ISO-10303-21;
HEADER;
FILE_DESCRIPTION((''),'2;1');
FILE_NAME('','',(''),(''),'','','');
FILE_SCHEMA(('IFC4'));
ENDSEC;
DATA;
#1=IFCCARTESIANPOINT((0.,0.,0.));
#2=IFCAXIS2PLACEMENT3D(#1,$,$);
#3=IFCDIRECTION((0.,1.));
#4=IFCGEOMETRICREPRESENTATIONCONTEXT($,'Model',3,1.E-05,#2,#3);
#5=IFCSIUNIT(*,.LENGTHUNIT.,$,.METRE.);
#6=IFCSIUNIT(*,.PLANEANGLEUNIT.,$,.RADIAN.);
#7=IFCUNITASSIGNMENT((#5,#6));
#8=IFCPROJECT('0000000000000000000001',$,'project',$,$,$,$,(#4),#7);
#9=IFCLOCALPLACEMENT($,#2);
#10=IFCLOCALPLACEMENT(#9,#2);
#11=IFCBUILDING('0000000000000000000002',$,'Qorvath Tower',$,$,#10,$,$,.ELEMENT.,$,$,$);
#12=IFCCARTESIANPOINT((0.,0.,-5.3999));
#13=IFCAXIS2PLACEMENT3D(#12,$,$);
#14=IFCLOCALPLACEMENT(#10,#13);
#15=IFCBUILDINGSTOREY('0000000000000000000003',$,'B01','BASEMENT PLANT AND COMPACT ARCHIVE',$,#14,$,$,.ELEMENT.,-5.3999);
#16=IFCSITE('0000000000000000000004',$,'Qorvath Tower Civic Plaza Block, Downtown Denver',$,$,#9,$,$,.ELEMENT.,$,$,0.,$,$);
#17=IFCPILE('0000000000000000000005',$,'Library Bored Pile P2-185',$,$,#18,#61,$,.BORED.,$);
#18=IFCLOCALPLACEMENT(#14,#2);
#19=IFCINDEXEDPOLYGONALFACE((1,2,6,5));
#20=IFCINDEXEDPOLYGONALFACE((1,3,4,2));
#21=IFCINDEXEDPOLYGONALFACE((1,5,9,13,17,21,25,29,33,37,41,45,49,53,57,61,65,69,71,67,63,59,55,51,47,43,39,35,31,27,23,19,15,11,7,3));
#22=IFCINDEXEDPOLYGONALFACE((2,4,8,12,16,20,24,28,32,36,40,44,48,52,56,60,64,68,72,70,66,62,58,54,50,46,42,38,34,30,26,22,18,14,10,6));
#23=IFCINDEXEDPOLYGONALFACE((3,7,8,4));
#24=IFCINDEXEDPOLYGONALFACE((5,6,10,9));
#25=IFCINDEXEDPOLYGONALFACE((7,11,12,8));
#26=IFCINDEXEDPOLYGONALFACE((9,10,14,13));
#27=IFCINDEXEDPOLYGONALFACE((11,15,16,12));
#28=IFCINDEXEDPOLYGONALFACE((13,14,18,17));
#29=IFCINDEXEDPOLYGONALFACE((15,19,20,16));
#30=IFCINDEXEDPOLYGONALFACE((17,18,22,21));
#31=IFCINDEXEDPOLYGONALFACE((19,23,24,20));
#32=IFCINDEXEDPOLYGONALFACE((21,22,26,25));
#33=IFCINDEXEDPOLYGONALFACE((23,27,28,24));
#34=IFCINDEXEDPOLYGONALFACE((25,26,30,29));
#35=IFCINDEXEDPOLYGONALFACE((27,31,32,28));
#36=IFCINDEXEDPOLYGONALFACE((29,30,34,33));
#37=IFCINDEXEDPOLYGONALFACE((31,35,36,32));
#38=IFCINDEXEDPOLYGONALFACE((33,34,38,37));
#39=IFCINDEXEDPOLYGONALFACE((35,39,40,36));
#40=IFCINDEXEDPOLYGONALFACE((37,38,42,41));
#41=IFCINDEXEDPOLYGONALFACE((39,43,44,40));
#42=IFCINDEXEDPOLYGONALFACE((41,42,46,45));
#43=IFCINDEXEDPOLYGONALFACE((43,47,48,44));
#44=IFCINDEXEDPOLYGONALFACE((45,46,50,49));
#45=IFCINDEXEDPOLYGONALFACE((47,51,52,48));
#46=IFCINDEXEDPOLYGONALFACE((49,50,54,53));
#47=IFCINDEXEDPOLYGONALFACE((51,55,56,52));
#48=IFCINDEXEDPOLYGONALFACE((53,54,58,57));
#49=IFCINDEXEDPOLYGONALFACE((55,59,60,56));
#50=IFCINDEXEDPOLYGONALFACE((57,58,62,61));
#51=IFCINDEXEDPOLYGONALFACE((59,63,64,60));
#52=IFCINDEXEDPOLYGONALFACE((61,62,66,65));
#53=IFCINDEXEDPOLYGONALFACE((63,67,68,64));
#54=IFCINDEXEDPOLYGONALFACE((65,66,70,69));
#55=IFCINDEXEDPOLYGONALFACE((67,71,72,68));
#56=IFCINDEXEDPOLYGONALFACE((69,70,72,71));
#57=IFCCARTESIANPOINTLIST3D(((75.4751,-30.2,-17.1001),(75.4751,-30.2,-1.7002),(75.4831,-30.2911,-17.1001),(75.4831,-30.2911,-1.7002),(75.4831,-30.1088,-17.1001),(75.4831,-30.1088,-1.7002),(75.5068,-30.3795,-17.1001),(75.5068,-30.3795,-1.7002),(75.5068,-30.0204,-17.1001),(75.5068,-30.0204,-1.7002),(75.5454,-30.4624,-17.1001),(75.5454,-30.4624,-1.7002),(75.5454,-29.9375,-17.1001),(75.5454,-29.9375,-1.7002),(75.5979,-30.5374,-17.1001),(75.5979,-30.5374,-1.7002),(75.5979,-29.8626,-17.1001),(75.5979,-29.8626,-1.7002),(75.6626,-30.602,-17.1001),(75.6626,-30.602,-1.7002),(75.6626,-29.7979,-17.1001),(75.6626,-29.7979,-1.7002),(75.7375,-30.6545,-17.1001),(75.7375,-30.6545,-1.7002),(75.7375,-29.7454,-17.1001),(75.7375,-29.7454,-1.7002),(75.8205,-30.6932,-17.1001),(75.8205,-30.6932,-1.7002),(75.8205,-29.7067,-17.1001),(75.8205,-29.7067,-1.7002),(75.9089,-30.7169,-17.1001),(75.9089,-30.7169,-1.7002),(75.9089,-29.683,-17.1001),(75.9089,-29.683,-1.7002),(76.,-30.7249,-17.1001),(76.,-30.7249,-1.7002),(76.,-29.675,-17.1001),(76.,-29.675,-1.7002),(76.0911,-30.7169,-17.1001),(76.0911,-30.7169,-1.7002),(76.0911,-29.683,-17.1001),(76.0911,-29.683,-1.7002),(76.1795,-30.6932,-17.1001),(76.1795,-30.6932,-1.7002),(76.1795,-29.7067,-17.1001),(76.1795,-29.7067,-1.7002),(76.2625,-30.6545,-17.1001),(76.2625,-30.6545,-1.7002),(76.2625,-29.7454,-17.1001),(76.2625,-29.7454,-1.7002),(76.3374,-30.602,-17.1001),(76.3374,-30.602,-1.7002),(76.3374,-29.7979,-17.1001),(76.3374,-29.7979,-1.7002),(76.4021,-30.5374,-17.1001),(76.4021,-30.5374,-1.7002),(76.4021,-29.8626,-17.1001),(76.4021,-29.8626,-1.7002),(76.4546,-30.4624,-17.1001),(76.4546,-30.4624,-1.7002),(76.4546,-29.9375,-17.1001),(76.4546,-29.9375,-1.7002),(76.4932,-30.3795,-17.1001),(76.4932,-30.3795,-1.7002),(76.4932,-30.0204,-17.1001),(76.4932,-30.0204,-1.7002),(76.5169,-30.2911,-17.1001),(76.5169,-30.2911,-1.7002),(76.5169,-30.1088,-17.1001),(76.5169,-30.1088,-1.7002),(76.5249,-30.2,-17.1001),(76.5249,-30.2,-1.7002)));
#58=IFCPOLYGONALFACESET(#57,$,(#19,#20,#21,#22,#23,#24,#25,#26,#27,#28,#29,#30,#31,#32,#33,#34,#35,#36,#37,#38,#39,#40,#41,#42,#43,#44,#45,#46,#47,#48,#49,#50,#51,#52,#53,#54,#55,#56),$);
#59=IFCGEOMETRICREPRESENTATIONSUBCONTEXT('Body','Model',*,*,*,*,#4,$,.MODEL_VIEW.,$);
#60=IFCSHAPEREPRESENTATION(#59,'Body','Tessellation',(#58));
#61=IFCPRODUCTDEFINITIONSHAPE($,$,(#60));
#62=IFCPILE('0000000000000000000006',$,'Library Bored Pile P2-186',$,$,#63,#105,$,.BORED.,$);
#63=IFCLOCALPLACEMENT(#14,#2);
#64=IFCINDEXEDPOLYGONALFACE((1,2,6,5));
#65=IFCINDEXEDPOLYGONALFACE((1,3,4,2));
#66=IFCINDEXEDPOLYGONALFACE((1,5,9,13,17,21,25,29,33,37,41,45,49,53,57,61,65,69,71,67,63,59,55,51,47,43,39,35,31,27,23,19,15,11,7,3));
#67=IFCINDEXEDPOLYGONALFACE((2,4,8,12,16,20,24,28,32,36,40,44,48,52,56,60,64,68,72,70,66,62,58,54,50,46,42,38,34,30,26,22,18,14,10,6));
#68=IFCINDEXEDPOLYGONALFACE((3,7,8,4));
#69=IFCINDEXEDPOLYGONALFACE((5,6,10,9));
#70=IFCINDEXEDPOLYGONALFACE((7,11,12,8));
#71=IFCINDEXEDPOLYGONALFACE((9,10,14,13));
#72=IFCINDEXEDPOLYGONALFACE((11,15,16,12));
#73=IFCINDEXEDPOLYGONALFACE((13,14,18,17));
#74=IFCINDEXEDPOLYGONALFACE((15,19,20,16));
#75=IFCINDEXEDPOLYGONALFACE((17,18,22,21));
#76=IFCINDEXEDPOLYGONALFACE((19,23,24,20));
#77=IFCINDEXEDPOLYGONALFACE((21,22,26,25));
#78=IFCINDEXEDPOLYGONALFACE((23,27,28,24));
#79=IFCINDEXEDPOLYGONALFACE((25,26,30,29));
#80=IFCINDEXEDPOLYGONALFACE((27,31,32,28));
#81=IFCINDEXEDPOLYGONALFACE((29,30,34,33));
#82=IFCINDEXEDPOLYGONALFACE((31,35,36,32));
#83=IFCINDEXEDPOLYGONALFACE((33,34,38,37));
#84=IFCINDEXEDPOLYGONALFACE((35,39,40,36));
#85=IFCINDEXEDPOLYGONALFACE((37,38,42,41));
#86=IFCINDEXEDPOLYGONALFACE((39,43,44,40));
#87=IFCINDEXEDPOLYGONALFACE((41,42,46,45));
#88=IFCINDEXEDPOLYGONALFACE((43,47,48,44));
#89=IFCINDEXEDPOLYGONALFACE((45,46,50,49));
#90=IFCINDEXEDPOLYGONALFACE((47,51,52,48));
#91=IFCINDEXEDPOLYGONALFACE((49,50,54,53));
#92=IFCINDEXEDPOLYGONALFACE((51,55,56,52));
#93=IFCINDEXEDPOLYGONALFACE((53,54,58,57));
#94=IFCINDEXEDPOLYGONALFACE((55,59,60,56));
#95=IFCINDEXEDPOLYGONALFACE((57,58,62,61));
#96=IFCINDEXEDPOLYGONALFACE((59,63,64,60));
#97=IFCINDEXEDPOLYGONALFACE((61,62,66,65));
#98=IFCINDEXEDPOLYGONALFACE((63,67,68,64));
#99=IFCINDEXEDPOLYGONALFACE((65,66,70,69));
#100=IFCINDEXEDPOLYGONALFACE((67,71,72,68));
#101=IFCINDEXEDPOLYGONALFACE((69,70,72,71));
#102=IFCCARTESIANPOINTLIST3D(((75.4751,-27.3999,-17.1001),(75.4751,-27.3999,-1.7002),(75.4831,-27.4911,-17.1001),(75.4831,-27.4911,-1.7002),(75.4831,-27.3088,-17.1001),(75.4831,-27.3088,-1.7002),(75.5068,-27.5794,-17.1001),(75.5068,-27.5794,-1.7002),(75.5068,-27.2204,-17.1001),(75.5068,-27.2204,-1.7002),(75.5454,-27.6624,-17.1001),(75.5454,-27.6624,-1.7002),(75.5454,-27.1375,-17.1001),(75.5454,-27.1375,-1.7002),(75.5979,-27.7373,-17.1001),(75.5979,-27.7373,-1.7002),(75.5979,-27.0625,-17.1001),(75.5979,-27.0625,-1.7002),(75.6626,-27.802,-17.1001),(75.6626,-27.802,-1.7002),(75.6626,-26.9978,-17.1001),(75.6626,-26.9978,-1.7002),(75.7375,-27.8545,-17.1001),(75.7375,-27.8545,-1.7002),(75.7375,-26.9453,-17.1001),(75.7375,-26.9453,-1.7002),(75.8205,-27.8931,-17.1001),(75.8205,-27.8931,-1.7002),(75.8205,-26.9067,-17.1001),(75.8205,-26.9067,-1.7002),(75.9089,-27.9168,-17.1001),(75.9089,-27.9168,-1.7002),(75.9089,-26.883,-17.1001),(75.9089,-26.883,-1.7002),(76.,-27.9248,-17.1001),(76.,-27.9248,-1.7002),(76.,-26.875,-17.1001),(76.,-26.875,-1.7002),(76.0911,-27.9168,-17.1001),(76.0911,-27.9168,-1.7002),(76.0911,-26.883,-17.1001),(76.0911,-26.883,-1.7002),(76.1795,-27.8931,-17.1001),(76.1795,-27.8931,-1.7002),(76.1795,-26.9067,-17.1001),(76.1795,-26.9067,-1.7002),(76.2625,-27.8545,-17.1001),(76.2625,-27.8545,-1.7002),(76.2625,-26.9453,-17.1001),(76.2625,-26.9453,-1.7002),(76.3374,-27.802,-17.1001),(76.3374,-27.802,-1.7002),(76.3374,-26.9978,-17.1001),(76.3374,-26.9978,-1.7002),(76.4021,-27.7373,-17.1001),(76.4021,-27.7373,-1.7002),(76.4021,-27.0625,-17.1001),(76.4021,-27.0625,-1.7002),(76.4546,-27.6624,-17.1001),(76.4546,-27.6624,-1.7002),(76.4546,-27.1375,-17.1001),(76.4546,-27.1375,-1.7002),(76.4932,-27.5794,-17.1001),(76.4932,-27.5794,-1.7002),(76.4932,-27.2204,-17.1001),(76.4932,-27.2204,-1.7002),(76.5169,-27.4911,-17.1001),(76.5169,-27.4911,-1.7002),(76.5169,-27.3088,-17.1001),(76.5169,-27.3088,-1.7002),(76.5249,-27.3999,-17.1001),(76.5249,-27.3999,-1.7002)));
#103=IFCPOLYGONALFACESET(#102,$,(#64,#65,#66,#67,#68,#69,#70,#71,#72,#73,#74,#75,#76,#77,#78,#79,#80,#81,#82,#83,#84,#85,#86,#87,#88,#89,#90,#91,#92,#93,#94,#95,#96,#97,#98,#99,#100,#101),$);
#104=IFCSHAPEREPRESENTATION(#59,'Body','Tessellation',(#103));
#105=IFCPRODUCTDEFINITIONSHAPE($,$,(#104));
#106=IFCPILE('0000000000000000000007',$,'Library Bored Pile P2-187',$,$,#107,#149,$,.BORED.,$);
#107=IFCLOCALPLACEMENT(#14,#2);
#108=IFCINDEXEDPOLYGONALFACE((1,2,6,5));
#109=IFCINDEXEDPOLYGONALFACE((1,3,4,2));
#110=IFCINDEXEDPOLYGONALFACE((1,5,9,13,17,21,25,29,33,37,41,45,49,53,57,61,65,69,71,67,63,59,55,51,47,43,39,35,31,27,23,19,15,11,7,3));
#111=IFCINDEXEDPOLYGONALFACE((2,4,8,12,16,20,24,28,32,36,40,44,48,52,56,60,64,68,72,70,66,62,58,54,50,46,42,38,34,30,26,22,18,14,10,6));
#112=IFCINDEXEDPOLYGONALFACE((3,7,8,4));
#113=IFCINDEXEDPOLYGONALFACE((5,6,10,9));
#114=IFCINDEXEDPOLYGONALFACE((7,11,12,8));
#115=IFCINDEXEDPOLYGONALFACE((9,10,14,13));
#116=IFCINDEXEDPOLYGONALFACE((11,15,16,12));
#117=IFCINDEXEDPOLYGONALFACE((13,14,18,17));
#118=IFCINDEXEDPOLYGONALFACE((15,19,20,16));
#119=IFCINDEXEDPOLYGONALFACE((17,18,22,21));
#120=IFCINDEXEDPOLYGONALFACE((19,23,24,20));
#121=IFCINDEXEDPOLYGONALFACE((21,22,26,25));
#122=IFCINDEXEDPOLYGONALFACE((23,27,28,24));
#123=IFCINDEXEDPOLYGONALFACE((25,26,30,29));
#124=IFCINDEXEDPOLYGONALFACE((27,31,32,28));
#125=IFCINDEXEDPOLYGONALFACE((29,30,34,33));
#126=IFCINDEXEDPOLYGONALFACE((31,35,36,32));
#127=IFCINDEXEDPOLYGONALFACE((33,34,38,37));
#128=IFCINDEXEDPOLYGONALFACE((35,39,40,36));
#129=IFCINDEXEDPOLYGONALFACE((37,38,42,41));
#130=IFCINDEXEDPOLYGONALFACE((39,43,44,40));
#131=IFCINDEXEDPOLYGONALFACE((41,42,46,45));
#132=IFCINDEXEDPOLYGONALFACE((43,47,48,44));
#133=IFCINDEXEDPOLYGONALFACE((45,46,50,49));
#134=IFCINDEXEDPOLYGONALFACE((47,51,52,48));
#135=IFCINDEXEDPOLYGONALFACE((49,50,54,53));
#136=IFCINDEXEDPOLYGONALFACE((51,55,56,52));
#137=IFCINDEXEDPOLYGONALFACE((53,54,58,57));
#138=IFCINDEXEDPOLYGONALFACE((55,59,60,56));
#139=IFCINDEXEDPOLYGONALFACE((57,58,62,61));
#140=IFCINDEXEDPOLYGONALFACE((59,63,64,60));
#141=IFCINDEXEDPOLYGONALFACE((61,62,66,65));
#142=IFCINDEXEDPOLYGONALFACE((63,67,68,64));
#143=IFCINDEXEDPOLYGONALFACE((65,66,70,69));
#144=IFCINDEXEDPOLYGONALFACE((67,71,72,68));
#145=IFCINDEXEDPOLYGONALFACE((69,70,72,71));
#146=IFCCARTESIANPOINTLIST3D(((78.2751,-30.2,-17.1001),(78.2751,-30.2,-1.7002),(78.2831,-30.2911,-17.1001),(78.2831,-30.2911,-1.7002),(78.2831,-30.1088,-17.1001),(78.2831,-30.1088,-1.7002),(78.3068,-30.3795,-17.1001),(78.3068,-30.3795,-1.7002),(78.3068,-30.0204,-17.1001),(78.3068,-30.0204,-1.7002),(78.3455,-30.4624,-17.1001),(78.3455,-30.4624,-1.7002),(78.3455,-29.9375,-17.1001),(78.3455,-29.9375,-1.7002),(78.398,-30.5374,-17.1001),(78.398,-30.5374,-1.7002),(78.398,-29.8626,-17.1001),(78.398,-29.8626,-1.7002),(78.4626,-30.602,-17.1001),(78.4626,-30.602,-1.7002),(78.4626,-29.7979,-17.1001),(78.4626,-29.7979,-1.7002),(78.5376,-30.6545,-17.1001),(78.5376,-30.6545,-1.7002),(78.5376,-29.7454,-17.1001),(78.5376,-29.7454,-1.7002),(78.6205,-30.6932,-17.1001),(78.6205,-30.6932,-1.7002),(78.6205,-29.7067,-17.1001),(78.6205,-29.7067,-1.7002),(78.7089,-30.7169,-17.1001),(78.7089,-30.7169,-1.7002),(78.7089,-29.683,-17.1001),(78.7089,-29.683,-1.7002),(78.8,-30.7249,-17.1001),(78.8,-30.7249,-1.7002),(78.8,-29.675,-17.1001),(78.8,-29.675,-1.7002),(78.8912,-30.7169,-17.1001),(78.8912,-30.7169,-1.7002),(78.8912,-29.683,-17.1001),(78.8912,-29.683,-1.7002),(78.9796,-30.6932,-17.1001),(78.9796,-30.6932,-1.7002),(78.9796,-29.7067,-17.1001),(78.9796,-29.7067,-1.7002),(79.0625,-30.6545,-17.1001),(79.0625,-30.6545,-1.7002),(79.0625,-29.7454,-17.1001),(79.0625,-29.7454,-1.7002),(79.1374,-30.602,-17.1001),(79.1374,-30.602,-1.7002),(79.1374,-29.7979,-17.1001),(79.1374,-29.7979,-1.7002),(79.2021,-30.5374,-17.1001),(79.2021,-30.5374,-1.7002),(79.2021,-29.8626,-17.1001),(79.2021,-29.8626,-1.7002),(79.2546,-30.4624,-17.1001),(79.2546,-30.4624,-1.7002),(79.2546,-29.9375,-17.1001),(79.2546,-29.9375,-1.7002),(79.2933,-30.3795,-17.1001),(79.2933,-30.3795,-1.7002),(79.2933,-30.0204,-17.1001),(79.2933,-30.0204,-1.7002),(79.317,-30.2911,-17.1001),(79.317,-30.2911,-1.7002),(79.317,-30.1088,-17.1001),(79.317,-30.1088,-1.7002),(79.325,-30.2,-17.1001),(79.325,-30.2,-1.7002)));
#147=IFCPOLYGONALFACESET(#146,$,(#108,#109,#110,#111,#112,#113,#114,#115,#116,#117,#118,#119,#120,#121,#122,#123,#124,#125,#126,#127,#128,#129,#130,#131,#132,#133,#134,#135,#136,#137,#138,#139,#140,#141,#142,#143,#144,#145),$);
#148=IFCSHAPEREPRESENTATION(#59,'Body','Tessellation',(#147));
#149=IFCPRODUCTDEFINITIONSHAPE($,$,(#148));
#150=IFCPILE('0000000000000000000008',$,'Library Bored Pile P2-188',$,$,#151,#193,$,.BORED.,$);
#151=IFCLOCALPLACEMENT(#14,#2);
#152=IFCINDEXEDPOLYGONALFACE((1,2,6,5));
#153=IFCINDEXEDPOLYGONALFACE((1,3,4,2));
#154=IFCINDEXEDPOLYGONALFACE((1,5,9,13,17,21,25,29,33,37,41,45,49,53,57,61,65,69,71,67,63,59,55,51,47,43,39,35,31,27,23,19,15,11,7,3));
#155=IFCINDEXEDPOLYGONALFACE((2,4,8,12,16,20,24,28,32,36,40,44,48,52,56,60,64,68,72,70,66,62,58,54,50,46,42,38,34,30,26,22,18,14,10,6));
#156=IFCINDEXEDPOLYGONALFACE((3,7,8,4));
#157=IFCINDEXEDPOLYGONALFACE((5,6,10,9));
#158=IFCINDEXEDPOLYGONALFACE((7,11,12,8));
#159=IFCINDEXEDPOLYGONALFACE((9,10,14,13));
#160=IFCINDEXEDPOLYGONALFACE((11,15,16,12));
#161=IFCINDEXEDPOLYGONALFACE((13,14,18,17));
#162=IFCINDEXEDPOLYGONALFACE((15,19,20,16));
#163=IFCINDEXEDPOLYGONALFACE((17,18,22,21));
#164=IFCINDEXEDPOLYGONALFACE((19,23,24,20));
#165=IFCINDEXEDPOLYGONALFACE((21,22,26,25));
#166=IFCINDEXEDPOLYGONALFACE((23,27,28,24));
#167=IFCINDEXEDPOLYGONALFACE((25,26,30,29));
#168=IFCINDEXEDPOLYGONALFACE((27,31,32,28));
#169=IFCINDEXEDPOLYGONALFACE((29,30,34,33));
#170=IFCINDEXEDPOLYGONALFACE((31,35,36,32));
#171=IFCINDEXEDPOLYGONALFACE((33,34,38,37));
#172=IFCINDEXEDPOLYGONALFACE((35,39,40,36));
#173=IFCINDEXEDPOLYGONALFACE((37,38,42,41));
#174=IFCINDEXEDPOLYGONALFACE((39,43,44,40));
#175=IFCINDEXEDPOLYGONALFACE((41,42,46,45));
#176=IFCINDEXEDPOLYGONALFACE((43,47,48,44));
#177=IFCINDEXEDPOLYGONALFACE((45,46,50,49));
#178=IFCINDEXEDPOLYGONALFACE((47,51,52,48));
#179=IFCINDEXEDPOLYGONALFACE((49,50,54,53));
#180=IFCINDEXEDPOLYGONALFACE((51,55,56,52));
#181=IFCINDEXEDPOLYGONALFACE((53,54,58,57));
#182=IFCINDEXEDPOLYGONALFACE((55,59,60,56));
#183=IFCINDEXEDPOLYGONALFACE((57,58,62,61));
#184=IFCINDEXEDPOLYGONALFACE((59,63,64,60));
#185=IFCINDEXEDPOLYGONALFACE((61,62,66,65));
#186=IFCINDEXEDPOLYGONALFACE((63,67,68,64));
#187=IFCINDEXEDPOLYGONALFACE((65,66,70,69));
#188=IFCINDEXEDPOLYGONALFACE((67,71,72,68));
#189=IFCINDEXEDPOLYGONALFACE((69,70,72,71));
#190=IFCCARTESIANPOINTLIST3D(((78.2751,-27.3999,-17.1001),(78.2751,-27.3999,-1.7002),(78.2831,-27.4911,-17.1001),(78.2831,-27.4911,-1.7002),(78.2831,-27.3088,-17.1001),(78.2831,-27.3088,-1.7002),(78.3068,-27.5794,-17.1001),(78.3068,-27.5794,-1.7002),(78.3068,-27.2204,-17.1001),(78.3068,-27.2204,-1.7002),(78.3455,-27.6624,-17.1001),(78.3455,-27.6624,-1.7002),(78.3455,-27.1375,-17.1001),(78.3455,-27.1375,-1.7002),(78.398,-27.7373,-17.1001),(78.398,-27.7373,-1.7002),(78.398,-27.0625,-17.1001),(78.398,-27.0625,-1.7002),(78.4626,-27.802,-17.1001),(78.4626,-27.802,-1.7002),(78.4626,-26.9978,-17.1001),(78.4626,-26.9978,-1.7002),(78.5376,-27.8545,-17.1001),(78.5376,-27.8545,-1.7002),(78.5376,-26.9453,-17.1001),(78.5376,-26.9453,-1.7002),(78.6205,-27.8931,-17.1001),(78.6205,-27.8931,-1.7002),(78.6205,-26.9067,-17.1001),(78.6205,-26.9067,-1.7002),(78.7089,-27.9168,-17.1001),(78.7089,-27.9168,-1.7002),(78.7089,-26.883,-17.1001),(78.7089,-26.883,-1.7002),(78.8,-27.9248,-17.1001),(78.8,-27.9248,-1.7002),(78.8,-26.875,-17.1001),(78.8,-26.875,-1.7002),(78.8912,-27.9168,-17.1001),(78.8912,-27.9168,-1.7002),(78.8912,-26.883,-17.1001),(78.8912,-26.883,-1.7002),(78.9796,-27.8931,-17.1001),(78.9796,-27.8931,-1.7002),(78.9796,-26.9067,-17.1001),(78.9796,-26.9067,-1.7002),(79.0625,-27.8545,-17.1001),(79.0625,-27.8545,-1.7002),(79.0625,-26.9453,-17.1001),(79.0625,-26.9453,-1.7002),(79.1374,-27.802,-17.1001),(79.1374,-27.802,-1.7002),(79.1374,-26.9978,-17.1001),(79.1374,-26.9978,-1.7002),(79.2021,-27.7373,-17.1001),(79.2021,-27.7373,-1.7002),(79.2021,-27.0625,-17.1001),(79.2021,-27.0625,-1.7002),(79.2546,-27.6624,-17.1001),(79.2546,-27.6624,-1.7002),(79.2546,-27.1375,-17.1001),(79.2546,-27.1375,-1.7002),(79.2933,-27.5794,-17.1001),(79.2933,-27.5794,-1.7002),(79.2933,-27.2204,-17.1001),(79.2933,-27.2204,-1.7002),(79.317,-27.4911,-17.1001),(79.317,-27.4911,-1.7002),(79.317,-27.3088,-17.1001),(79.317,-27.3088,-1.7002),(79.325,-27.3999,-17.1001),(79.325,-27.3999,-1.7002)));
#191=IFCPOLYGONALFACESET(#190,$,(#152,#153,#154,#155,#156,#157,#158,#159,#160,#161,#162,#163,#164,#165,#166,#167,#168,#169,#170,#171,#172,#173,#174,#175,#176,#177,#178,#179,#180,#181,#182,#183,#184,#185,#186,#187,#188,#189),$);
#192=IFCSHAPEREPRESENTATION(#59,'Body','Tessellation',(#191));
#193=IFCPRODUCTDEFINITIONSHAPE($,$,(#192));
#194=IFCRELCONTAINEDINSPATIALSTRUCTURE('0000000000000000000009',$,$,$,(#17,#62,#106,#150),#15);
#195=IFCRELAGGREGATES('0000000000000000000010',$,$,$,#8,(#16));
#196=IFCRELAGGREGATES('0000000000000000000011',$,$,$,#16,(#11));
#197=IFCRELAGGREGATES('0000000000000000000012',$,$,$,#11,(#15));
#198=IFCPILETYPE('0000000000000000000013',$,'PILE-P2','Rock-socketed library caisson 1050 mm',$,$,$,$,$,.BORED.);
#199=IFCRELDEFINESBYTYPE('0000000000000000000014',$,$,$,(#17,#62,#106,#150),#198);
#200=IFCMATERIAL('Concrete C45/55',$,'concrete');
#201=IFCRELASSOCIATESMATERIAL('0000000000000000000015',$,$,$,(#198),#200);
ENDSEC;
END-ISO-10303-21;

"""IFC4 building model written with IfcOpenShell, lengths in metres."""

from ifc_helpers import new_model, si_unit, direction, frame, origin, origin_2d, place, context, subcontext, project, spatial, circle, extrude, material, material_profile, profile_set, type_object, element, save


model = new_model("IFC4")

# Units and contexts
model_context = context("Model", 3, precision=1e-05, world=origin(), true_north=direction((0.0, 1.0)))
body_context = subcontext(model_context, "Body", "Model", "MODEL_VIEW")
ifc_project = project(units=[si_unit("LENGTHUNIT", "METRE"), si_unit("PLANEANGLEUNIT", "RADIAN")], contexts=[model_context])

# Site, building, storey
site_placement = place(None, origin())
site = spatial("IfcSite", under=ifc_project, at=site_placement, Name="Qorvath Tower Civic Plaza Block, Downtown Denver", CompositionType="ELEMENT", RefElevation=0.0)
building_placement = place(site_placement, origin())
building = spatial("IfcBuilding", under=site, at=building_placement, Name="Qorvath Tower", CompositionType="ELEMENT")
storey_placement = place(building_placement, frame((0.0, 0.0, -5.3999)))
storey = spatial("IfcBuildingStorey", under=building, at=storey_placement, Name="B01", Description="BASEMENT PLANT AND COMPACT ARCHIVE", CompositionType="ELEMENT", Elevation=-5.3999)

# Piles
ifc_material_1 = material(Name="Concrete C45/55", Category="concrete")
ifc_material_profile_1 = material_profile(ifc_material_1, circle(Radius=0.5249, at=origin_2d()), Name="BORED PILE 1050")
ifc_profile_set_1 = profile_set([ifc_material_profile_1], Name="Concrete C45/55")
pile_type = type_object("IfcPileType", Name="PILE-P2", Description="Rock-socketed library caisson 1050 mm", PredefinedType="BORED", material=ifc_profile_set_1)
for number, where, z_axis, x_axis, name in (
    (1, (76.0, -30.2, -1.7002), (0.0, 0.0, -1.0), (1.0, 0.0, 0.0), "Library Bored Pile P2-185"),
    (2, (76.0, -27.3999, -1.7002), (0.0, 0.0, -1.0), (1.0, 0.0, 0.0), "Library Bored Pile P2-186"),
    (3, (78.8, -30.2, -1.7002), (0.0, 0.0, -1.0), (1.0, 0.0, 0.0), "Library Bored Pile P2-187"),
    (4, (78.8, -27.3999, -1.7002), (0.0, 0.0, -1.0), (1.0, 0.0, 0.0), "Library Bored Pile P2-188"),
):
    element("IfcPile", number, at=place(storey_placement, frame(where, z_axis=z_axis, x_axis=x_axis)), inside=storey, type_object=pile_type, Name=name, PredefinedType="BORED", context=body_context, shape_type="SweptSolid", body=[
        extrude(circle(Radius=0.5249, at=origin_2d()), origin(), (0.0, 0.0, 1.0), 15.3999),
    ])

save(model, "model.ifc")
